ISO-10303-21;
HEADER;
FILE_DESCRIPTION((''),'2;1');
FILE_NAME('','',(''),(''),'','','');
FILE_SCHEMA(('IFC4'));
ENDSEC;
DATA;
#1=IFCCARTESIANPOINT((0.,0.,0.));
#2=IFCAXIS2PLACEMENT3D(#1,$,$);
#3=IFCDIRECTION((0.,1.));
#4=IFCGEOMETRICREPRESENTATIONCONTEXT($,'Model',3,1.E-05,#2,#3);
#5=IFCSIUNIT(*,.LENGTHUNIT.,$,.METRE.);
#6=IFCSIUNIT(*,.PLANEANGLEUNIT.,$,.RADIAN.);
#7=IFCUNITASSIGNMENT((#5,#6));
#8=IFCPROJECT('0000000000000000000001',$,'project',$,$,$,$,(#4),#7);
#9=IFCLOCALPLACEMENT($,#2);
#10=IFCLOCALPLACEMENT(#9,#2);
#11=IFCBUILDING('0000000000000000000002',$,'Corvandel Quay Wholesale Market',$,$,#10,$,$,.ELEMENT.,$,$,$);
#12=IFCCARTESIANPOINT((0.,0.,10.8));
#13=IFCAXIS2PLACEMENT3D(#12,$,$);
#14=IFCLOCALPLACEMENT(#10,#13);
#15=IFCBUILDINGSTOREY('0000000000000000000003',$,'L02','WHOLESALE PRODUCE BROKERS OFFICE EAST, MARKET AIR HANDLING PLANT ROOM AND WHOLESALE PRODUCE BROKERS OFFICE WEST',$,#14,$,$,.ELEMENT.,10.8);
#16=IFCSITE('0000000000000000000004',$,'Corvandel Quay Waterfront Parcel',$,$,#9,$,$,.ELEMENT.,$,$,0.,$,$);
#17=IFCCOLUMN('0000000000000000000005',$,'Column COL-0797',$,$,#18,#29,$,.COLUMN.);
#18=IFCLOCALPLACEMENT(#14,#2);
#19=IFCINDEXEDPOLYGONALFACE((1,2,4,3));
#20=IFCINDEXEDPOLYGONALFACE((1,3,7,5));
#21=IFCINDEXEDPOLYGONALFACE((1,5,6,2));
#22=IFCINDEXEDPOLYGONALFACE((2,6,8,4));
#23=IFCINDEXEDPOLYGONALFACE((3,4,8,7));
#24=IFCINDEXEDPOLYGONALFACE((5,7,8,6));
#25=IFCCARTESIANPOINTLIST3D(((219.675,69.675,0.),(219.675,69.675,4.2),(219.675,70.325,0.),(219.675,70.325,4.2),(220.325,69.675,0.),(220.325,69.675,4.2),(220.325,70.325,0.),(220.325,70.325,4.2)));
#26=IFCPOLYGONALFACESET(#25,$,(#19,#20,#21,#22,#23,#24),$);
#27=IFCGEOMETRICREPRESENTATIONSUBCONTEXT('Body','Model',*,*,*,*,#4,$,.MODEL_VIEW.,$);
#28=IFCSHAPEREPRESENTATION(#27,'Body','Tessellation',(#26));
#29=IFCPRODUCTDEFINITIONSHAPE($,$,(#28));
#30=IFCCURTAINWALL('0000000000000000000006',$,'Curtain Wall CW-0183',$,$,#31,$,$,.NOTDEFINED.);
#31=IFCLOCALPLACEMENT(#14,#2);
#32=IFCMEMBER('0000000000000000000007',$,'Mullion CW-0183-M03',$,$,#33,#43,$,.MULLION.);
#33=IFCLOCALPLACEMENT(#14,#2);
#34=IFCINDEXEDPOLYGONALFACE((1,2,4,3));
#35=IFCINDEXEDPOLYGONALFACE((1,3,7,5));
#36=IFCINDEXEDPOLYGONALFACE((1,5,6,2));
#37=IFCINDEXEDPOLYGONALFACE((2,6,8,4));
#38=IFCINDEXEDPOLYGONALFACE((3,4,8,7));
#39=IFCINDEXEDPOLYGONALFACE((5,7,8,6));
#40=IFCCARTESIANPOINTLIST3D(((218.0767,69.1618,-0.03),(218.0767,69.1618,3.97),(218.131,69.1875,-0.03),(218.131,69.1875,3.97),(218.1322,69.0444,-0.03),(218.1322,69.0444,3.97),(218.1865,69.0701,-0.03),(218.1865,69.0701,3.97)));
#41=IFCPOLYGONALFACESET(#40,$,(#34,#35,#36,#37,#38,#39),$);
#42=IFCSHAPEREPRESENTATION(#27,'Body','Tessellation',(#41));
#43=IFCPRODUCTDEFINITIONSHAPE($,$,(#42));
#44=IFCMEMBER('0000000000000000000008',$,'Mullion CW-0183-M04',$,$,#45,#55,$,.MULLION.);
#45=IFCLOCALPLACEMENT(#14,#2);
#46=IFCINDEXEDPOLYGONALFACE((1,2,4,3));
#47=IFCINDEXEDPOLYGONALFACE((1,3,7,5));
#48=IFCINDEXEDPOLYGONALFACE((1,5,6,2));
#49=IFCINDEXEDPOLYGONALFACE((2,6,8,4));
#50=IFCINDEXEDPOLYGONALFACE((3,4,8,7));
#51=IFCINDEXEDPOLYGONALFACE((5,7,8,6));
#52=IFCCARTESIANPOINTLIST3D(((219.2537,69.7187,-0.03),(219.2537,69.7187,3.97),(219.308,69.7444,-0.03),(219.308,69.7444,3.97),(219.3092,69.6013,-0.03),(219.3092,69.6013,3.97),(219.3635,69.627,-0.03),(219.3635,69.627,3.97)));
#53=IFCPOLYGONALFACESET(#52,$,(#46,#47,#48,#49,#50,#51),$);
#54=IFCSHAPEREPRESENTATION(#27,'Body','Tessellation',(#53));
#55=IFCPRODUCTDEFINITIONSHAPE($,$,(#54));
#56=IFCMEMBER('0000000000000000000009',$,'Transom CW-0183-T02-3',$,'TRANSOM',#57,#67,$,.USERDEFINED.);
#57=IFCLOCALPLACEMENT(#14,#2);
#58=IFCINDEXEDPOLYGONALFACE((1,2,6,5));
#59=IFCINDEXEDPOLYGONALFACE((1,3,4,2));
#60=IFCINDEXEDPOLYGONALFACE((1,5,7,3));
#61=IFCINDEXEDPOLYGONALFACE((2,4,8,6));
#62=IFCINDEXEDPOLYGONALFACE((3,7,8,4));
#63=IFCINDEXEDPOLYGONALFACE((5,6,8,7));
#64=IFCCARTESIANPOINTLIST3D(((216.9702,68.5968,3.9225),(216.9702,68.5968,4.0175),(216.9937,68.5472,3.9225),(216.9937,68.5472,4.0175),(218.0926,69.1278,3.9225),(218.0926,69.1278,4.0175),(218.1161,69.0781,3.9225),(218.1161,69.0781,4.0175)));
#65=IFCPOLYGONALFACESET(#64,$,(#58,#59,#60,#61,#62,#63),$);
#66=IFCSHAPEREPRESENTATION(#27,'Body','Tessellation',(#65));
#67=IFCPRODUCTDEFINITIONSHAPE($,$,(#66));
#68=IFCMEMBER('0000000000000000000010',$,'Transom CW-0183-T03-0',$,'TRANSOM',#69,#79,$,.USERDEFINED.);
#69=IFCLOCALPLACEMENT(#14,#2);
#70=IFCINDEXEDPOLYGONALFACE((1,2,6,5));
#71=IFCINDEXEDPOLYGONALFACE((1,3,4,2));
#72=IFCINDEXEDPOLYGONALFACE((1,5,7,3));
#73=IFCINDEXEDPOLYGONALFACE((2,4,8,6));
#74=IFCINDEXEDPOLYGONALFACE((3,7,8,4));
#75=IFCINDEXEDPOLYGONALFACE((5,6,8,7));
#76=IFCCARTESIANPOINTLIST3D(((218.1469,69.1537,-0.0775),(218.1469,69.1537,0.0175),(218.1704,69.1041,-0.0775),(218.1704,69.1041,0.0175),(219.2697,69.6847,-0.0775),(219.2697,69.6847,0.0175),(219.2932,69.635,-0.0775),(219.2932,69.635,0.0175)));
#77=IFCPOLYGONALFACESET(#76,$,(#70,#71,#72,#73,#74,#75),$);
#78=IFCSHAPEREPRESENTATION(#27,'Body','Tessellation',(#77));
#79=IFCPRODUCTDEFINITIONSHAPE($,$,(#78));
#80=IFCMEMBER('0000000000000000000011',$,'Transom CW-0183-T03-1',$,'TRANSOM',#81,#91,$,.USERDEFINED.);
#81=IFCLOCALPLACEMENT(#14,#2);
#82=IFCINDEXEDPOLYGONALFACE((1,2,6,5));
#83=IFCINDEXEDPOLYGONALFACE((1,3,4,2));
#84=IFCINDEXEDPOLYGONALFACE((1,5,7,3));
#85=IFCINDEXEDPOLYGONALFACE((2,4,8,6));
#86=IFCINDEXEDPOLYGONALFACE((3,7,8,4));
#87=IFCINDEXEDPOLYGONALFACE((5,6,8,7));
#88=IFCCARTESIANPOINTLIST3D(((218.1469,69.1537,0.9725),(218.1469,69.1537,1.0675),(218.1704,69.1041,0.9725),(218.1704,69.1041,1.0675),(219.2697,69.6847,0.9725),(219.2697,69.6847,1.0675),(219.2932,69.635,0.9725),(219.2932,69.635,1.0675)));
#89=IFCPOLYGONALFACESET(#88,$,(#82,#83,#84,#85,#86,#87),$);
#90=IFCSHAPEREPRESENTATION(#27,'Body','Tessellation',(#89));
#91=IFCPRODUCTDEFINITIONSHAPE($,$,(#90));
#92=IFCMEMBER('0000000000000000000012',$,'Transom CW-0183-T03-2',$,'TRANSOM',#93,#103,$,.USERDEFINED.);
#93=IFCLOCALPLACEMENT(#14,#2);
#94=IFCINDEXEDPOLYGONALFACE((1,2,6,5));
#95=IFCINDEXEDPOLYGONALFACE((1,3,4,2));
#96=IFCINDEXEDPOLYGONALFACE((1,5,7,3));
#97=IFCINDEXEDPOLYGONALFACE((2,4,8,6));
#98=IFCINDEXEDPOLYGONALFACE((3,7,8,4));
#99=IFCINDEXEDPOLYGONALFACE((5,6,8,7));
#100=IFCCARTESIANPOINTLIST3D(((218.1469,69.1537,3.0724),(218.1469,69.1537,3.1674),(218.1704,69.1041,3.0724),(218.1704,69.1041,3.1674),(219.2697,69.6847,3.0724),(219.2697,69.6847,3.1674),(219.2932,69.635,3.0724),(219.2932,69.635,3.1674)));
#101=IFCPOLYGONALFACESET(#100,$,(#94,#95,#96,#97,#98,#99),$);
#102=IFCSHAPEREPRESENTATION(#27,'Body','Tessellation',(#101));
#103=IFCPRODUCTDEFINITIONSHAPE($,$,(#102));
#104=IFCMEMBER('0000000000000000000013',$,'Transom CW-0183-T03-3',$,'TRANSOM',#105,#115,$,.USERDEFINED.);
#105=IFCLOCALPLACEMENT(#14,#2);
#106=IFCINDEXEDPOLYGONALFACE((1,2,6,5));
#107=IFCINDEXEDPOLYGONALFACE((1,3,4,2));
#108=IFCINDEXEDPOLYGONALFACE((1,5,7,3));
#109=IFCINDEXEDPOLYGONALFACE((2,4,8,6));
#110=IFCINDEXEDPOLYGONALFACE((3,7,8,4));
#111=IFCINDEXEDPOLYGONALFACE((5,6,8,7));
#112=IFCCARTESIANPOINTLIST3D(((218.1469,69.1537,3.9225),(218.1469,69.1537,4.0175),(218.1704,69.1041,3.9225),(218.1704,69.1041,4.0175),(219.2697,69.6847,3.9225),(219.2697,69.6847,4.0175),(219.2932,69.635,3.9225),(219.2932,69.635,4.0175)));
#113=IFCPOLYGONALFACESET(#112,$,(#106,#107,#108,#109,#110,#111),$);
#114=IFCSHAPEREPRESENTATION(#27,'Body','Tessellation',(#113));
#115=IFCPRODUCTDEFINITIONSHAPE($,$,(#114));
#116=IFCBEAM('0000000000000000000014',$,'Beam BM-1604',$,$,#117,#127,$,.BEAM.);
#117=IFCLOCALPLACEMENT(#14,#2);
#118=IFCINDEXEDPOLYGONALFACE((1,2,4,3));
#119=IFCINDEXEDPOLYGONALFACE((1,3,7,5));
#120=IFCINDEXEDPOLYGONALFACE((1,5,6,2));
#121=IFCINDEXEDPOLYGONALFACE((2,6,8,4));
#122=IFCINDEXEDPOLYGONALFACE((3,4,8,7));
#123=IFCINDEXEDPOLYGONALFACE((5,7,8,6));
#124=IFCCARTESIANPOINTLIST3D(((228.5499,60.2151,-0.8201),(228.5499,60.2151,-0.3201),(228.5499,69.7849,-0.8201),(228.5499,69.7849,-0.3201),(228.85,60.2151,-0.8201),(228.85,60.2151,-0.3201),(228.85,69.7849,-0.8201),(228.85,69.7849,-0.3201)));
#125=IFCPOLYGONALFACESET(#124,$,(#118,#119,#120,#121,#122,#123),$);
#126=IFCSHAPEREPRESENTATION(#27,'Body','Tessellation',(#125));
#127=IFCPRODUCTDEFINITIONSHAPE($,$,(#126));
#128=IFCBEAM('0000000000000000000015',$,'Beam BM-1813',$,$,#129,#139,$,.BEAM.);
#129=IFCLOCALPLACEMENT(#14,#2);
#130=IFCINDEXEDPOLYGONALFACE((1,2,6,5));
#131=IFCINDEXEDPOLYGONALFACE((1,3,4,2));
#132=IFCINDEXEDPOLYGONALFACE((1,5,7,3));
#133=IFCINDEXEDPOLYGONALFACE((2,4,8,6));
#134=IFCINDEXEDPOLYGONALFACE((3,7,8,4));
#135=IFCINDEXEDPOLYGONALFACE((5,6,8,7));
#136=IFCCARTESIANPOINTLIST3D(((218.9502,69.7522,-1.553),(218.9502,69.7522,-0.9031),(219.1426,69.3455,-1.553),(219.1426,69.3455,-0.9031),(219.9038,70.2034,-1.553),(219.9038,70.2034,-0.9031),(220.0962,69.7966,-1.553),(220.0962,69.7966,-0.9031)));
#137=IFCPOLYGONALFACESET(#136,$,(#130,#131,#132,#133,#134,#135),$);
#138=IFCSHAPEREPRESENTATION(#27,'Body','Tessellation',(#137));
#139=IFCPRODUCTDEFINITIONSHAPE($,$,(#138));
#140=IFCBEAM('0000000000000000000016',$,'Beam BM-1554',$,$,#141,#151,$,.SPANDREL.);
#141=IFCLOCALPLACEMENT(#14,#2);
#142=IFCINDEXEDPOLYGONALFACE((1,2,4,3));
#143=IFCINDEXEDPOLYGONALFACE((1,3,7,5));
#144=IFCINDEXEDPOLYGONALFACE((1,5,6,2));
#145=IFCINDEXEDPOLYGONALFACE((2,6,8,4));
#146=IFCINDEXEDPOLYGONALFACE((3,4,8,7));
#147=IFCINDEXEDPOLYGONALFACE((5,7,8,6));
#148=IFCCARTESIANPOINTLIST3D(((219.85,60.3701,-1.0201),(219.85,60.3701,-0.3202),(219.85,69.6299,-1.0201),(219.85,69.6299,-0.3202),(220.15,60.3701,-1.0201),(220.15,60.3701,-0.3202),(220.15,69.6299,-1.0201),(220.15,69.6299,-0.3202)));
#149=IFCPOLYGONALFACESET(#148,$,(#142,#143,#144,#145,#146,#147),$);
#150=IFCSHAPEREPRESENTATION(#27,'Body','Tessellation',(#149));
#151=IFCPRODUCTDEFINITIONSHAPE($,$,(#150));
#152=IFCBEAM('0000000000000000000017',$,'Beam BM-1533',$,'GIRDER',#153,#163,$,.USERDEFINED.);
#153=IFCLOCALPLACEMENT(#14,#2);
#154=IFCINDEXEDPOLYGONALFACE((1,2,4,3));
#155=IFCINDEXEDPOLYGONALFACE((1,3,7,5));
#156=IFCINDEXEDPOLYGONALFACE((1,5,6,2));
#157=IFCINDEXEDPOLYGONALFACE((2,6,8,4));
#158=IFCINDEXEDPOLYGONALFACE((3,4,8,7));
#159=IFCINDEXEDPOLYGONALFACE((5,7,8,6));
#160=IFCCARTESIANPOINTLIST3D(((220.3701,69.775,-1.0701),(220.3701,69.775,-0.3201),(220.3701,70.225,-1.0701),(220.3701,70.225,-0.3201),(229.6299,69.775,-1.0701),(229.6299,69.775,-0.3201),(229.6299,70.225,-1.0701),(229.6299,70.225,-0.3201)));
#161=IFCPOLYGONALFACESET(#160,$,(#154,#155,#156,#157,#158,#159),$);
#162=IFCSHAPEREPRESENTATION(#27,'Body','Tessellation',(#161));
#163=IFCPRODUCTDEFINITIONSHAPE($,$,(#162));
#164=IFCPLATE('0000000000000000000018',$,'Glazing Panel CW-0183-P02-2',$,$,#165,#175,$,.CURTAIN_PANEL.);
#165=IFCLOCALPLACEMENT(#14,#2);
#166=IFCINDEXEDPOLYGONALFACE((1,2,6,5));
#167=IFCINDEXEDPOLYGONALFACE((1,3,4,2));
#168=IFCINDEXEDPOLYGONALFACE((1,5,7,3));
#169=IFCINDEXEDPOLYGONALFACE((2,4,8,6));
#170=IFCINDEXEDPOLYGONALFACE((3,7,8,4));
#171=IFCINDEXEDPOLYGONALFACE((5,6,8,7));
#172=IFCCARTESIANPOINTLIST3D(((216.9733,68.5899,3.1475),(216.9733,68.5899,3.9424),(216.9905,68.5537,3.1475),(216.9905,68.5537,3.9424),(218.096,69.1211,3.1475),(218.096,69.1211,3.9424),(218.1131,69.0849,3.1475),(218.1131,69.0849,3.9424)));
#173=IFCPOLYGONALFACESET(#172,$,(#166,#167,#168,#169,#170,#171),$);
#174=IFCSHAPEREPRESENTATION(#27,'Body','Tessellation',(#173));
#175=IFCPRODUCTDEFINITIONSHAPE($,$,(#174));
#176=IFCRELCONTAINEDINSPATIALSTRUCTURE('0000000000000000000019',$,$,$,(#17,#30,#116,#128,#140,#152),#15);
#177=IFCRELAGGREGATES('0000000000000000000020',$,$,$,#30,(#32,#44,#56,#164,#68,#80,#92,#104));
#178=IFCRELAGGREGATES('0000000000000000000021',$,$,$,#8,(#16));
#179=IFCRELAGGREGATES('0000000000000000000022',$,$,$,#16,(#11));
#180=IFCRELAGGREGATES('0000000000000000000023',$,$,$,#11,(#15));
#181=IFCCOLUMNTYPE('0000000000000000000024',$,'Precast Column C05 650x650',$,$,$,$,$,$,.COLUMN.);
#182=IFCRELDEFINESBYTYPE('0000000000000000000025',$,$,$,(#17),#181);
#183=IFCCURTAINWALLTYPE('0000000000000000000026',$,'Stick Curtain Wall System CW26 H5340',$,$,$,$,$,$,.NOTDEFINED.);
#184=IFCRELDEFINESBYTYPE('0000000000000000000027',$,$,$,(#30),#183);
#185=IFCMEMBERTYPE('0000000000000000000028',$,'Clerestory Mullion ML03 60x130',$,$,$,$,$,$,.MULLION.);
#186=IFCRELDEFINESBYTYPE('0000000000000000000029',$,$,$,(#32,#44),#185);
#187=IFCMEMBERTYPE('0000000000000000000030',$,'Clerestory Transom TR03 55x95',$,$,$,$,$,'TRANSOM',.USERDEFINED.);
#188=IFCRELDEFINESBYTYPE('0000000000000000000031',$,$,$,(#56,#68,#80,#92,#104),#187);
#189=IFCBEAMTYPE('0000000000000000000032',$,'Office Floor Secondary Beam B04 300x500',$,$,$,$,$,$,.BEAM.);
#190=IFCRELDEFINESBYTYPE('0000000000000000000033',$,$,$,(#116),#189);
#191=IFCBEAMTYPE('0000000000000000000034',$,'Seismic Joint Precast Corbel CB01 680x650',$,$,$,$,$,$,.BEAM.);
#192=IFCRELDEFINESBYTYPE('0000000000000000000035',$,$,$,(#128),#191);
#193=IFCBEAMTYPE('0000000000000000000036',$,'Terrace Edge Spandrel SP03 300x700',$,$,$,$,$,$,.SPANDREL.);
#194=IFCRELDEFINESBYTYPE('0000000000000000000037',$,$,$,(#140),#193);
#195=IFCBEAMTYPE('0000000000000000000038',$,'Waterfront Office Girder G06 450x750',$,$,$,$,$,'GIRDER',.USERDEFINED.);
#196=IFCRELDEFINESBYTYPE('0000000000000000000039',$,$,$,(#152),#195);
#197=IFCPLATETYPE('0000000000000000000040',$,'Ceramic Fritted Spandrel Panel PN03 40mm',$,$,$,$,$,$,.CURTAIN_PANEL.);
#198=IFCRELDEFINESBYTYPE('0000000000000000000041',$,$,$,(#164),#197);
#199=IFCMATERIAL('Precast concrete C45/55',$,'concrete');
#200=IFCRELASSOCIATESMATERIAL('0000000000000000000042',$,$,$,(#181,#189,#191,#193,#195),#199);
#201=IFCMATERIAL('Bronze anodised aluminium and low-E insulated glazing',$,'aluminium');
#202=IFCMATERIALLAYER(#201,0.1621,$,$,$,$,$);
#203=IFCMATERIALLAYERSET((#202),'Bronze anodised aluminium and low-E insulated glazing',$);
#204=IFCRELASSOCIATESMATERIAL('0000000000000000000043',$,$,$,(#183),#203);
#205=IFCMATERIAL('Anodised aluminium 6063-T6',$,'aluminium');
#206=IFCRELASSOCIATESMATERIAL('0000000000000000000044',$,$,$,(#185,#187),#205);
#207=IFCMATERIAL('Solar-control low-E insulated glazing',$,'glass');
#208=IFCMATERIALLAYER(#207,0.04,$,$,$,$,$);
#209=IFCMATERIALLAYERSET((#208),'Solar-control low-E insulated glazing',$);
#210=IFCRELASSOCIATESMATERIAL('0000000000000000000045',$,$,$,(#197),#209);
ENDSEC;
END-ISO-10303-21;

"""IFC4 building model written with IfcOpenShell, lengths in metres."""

from ifc_helpers import new_model, si_unit, direction, frame, origin, origin_2d, place, context, subcontext, project, spatial, rectangle, extrude, material, layer, layer_set, material_profile, profile_set, type_object, element, aggregate, save


model = new_model("IFC4")

# Units and contexts
model_context = context("Model", 3, precision=1e-05, world=origin(), true_north=direction((0.0, 1.0)))
body_context = subcontext(model_context, "Body", "Model", "MODEL_VIEW")
ifc_project = project(units=[si_unit("LENGTHUNIT", "METRE"), si_unit("PLANEANGLEUNIT", "RADIAN")], contexts=[model_context])

# Site, building, storey
site_placement = place(None, origin())
site = spatial("IfcSite", under=ifc_project, at=site_placement, Name="Corvandel Quay Waterfront Parcel", CompositionType="ELEMENT", RefElevation=0.0)
building_placement = place(site_placement, origin())
building = spatial("IfcBuilding", under=site, at=building_placement, Name="Corvandel Quay Wholesale Market", CompositionType="ELEMENT")
storey_placement = place(building_placement, frame((0.0, 0.0, 10.8)))
storey = spatial("IfcBuildingStorey", under=building, at=storey_placement, Name="L02", Description="WHOLESALE PRODUCE BROKERS OFFICE EAST, MARKET AIR HANDLING PLANT ROOM AND WHOLESALE PRODUCE BROKERS OFFICE WEST", CompositionType="ELEMENT", Elevation=10.8)

# Column
ifc_material_1 = material(Name="Precast concrete C45/55", Category="concrete")
ifc_material_profile_1 = material_profile(ifc_material_1, rectangle(XDim=0.6499, YDim=0.6499, at=origin_2d()), Name="PC-COL-650x650")
ifc_profile_set_1 = profile_set([ifc_material_profile_1], Name="Precast concrete C45/55")
column_type = type_object("IfcColumnType", Name="Precast Column C05 650x650", PredefinedType="COLUMN", material=ifc_profile_set_1)
column_placement = place(storey_placement, frame((220.0, 70.0, 0.0), z_axis=(0.0, 0.0, 1.0), x_axis=(1.0, 0.0, 0.0)))
element("IfcColumn", 1, at=column_placement, inside=storey, type_object=column_type, Name="Column COL-0797", PredefinedType="COLUMN", context=body_context, shape_type="SweptSolid", body=[
    extrude(rectangle(XDim=0.6499, YDim=0.6499, at=origin_2d()), origin(), (0.0, 0.0, 1.0), 4.2),
])

# Curtain wall, members
ifc_material_2 = material(Name="Bronze anodised aluminium and low-E insulated glazing", Category="aluminium")
ifc_layer_1 = layer(ifc_material_2, 0.1621)
ifc_layer_set_1 = layer_set([ifc_layer_1], Name="Bronze anodised aluminium and low-E insulated glazing")
curtain_wall_type = type_object("IfcCurtainWallType", Name="Stick Curtain Wall System CW26 H5340", PredefinedType="NOTDEFINED", material=ifc_layer_set_1)
curtain_wall_placement = place(storey_placement, origin())
curtain_wall = element("IfcCurtainWall", 2, at=curtain_wall_placement, inside=storey, type_object=curtain_wall_type, Name="Curtain Wall CW-0183", PredefinedType="NOTDEFINED")
ifc_material_3 = material(Name="Anodised aluminium 6063-T6", Category="aluminium")
ifc_material_profile_2 = material_profile(ifc_material_3, rectangle(XDim=0.0601, YDim=0.1299, at=origin_2d()), Name="ALU-MUL-60x130")
ifc_profile_set_2 = profile_set([ifc_material_profile_2], Name="Anodised aluminium 6063-T6")
member_type_1 = type_object("IfcMemberType", Name="Clerestory Mullion ML03 60x130", PredefinedType="MULLION", material=ifc_profile_set_2)
member_1_placement = place(storey_placement, frame((218.1316, 69.116, -0.03), z_axis=(0.0, 0.0, 1.0), x_axis=(0.903933, 0.427673, 0.0)))
member_1 = element("IfcMember", 3, at=member_1_placement, type_object=member_type_1, Name="Mullion CW-0183-M03", PredefinedType="MULLION", context=body_context, shape_type="SweptSolid", body=[
    extrude(rectangle(XDim=0.0601, YDim=0.1299, at=origin_2d()), origin(), (0.0, 0.0, 1.0), 4.0),
])
member_2_placement = place(storey_placement, frame((219.3086, 69.6729, -0.03), z_axis=(0.0, 0.0, 1.0), x_axis=(0.903933, 0.427673, 0.0)))
member_2 = element("IfcMember", 4, at=member_2_placement, type_object=member_type_1, Name="Mullion CW-0183-M04", PredefinedType="MULLION", context=body_context, shape_type="SweptSolid", body=[
    extrude(rectangle(XDim=0.0601, YDim=0.1299, at=origin_2d()), origin(), (0.0, 0.0, 1.0), 4.0),
])
ifc_material_profile_3 = material_profile(ifc_material_3, rectangle(XDim=0.0549, YDim=0.095, at=origin_2d()), Name="ALU-TRN-55x95")
ifc_profile_set_3 = profile_set([ifc_material_profile_3], Name="Anodised aluminium 6063-T6")
member_type_2 = type_object("IfcMemberType", Name="Clerestory Transom TR03 55x95", ElementType="TRANSOM", PredefinedType="USERDEFINED", material=ifc_profile_set_3)
member_3_placement = place(storey_placement, frame((216.9819, 68.572, 3.97), z_axis=(0.903966, 0.427605, 0.0), x_axis=(-0.427605, 0.903966, 0.0)))
member_3 = element("IfcMember", 5, at=member_3_placement, type_object=member_type_2, Name="Transom CW-0183-T02-3", ObjectType="TRANSOM", PredefinedType="USERDEFINED", context=body_context, shape_type="SweptSolid", body=[
    extrude(rectangle(XDim=0.0549, YDim=0.095, at=origin_2d()), origin(), (0.0, 0.0, 1.0), 1.2417),
])
member_4_placement = place(storey_placement, frame((218.1587, 69.1289, -0.03), z_axis=(0.904002, 0.427529, 0.0), x_axis=(-0.427529, 0.904002, 0.0)))
member_4 = element("IfcMember", 6, at=member_4_placement, type_object=member_type_2, Name="Transom CW-0183-T03-0", ObjectType="TRANSOM", PredefinedType="USERDEFINED", context=body_context, shape_type="SweptSolid", body=[
    extrude(rectangle(XDim=0.0549, YDim=0.095, at=origin_2d()), origin(), (0.0, 0.0, 1.0), 1.2419),
])
member_5_placement = place(storey_placement, frame((218.1587, 69.1289, 1.02), z_axis=(0.904002, 0.427529, 0.0), x_axis=(-0.427529, 0.904002, 0.0)))
member_5 = element("IfcMember", 7, at=member_5_placement, type_object=member_type_2, Name="Transom CW-0183-T03-1", ObjectType="TRANSOM", PredefinedType="USERDEFINED", context=body_context, shape_type="SweptSolid", body=[
    extrude(rectangle(XDim=0.0549, YDim=0.095, at=origin_2d()), origin(), (0.0, 0.0, 1.0), 1.2419),
])
member_6_placement = place(storey_placement, frame((218.1587, 69.1289, 3.1199), z_axis=(0.904002, 0.427529, 0.0), x_axis=(-0.427529, 0.904002, 0.0)))
member_6 = element("IfcMember", 8, at=member_6_placement, type_object=member_type_2, Name="Transom CW-0183-T03-2", ObjectType="TRANSOM", PredefinedType="USERDEFINED", context=body_context, shape_type="SweptSolid", body=[
    extrude(rectangle(XDim=0.0549, YDim=0.095, at=origin_2d()), origin(), (0.0, 0.0, 1.0), 1.2419),
])
member_7_placement = place(storey_placement, frame((218.1587, 69.1289, 3.97), z_axis=(0.904002, 0.427529, 0.0), x_axis=(-0.427529, 0.904002, 0.0)))
member_7 = element("IfcMember", 9, at=member_7_placement, type_object=member_type_2, Name="Transom CW-0183-T03-3", ObjectType="TRANSOM", PredefinedType="USERDEFINED", context=body_context, shape_type="SweptSolid", body=[
    extrude(rectangle(XDim=0.0549, YDim=0.095, at=origin_2d()), origin(), (0.0, 0.0, 1.0), 1.2419),
])

# Beams
ifc_material_profile_4 = material_profile(ifc_material_1, rectangle(XDim=0.3, YDim=0.5, at=origin_2d()), Name="PC-BM-300x500")
ifc_profile_set_4 = profile_set([ifc_material_profile_4], Name="Precast concrete C45/55")
beam_type_1 = type_object("IfcBeamType", Name="Office Floor Secondary Beam B04 300x500", PredefinedType="BEAM", material=ifc_profile_set_4)
beam_1_placement = place(storey_placement, frame((228.7, 60.2151, -0.5701), z_axis=(0.0, 1.0, 0.0), x_axis=(-1.0, 0.0, 0.0)))
element("IfcBeam", 10, at=beam_1_placement, inside=storey, type_object=beam_type_1, Name="Beam BM-1604", PredefinedType="BEAM", context=body_context, shape_type="SweptSolid", body=[
    extrude(rectangle(XDim=0.3, YDim=0.5, at=origin_2d()), origin(), (0.0, 0.0, 1.0), 9.5698),
])
ifc_material_profile_5 = material_profile(ifc_material_1, rectangle(XDim=0.45, YDim=0.6499, at=origin_2d()), Name="PC-COR-680x650")
ifc_profile_set_5 = profile_set([ifc_material_profile_5], Name="Precast concrete C45/55")
beam_type_2 = type_object("IfcBeamType", Name="Seismic Joint Precast Corbel CB01 680x650", PredefinedType="BEAM", material=ifc_profile_set_5)
beam_2_placement = place(storey_placement, frame((220.0, 70.0, -1.228), z_axis=(-0.903936, -0.427668, 0.0), x_axis=(0.427668, -0.903936, 0.0)))
element("IfcBeam", 11, at=beam_2_placement, inside=storey, type_object=beam_type_2, Name="Beam BM-1813", PredefinedType="BEAM", context=body_context, shape_type="SweptSolid", body=[
    extrude(rectangle(XDim=0.45, YDim=0.6499, at=origin_2d()), origin(), (0.0, 0.0, 1.0), 1.0549),
])
ifc_material_profile_6 = material_profile(ifc_material_1, rectangle(XDim=0.3, YDim=0.7, at=origin_2d()), Name="PC-SPN-300x700")
ifc_profile_set_6 = profile_set([ifc_material_profile_6], Name="Precast concrete C45/55")
beam_type_3 = type_object("IfcBeamType", Name="Terrace Edge Spandrel SP03 300x700", PredefinedType="SPANDREL", material=ifc_profile_set_6)
beam_3_placement = place(storey_placement, frame((220.0, 60.3701, -0.6702), z_axis=(0.0, 1.0, 0.0), x_axis=(-1.0, 0.0, 0.0)))
element("IfcBeam", 12, at=beam_3_placement, inside=storey, type_object=beam_type_3, Name="Beam BM-1554", PredefinedType="SPANDREL", context=body_context, shape_type="SweptSolid", body=[
    extrude(rectangle(XDim=0.3, YDim=0.7, at=origin_2d()), origin(), (0.0, 0.0, 1.0), 9.2598),
])
ifc_material_profile_7 = material_profile(ifc_material_1, rectangle(XDim=0.45, YDim=0.75, at=origin_2d()), Name="PC-GIR-450x750")
ifc_profile_set_7 = profile_set([ifc_material_profile_7], Name="Precast concrete C45/55")
beam_type_4 = type_object("IfcBeamType", Name="Waterfront Office Girder G06 450x750", ElementType="GIRDER", PredefinedType="USERDEFINED", material=ifc_profile_set_7)
beam_4_placement = place(storey_placement, frame((220.3701, 70.0, -0.6951), z_axis=(1.0, 0.0, 0.0), x_axis=(0.0, 1.0, 0.0)))
element("IfcBeam", 13, at=beam_4_placement, inside=storey, type_object=beam_type_4, Name="Beam BM-1533", ObjectType="GIRDER", PredefinedType="USERDEFINED", context=body_context, shape_type="SweptSolid", body=[
    extrude(rectangle(XDim=0.45, YDim=0.75, at=origin_2d()), origin(), (0.0, 0.0, 1.0), 9.2598),
])

# Plate
ifc_material_4 = material(Name="Solar-control low-E insulated glazing", Category="glass")
ifc_layer_2 = layer(ifc_material_4, 0.04)
ifc_layer_set_2 = layer_set([ifc_layer_2], Name="Solar-control low-E insulated glazing")
plate_type_1 = type_object("IfcPlateType", Name="Ceramic Fritted Spandrel Panel PN03 40mm", PredefinedType="CURTAIN_PANEL", material=ifc_layer_set_2)
plate_1_placement = place(storey_placement, frame((217.5432, 68.8374, 3.1475), z_axis=(0.0, 0.0, 1.0), x_axis=(0.903933, 0.427673, 0.0)))
plate_1 = element("IfcPlate", 14, at=plate_1_placement, type_object=plate_type_1, Name="Glazing Panel CW-0183-P02-2", PredefinedType="CURTAIN_PANEL", context=body_context, shape_type="SweptSolid", body=[
    extrude(rectangle(XDim=1.2419, YDim=0.04, at=origin_2d()), origin(), (0.0, 0.0, 1.0), 0.7949),
])
aggregate(curtain_wall, [member_1, member_2, member_3, plate_1, member_4, member_5, member_6, member_7])

save(model, "model.ifc")
